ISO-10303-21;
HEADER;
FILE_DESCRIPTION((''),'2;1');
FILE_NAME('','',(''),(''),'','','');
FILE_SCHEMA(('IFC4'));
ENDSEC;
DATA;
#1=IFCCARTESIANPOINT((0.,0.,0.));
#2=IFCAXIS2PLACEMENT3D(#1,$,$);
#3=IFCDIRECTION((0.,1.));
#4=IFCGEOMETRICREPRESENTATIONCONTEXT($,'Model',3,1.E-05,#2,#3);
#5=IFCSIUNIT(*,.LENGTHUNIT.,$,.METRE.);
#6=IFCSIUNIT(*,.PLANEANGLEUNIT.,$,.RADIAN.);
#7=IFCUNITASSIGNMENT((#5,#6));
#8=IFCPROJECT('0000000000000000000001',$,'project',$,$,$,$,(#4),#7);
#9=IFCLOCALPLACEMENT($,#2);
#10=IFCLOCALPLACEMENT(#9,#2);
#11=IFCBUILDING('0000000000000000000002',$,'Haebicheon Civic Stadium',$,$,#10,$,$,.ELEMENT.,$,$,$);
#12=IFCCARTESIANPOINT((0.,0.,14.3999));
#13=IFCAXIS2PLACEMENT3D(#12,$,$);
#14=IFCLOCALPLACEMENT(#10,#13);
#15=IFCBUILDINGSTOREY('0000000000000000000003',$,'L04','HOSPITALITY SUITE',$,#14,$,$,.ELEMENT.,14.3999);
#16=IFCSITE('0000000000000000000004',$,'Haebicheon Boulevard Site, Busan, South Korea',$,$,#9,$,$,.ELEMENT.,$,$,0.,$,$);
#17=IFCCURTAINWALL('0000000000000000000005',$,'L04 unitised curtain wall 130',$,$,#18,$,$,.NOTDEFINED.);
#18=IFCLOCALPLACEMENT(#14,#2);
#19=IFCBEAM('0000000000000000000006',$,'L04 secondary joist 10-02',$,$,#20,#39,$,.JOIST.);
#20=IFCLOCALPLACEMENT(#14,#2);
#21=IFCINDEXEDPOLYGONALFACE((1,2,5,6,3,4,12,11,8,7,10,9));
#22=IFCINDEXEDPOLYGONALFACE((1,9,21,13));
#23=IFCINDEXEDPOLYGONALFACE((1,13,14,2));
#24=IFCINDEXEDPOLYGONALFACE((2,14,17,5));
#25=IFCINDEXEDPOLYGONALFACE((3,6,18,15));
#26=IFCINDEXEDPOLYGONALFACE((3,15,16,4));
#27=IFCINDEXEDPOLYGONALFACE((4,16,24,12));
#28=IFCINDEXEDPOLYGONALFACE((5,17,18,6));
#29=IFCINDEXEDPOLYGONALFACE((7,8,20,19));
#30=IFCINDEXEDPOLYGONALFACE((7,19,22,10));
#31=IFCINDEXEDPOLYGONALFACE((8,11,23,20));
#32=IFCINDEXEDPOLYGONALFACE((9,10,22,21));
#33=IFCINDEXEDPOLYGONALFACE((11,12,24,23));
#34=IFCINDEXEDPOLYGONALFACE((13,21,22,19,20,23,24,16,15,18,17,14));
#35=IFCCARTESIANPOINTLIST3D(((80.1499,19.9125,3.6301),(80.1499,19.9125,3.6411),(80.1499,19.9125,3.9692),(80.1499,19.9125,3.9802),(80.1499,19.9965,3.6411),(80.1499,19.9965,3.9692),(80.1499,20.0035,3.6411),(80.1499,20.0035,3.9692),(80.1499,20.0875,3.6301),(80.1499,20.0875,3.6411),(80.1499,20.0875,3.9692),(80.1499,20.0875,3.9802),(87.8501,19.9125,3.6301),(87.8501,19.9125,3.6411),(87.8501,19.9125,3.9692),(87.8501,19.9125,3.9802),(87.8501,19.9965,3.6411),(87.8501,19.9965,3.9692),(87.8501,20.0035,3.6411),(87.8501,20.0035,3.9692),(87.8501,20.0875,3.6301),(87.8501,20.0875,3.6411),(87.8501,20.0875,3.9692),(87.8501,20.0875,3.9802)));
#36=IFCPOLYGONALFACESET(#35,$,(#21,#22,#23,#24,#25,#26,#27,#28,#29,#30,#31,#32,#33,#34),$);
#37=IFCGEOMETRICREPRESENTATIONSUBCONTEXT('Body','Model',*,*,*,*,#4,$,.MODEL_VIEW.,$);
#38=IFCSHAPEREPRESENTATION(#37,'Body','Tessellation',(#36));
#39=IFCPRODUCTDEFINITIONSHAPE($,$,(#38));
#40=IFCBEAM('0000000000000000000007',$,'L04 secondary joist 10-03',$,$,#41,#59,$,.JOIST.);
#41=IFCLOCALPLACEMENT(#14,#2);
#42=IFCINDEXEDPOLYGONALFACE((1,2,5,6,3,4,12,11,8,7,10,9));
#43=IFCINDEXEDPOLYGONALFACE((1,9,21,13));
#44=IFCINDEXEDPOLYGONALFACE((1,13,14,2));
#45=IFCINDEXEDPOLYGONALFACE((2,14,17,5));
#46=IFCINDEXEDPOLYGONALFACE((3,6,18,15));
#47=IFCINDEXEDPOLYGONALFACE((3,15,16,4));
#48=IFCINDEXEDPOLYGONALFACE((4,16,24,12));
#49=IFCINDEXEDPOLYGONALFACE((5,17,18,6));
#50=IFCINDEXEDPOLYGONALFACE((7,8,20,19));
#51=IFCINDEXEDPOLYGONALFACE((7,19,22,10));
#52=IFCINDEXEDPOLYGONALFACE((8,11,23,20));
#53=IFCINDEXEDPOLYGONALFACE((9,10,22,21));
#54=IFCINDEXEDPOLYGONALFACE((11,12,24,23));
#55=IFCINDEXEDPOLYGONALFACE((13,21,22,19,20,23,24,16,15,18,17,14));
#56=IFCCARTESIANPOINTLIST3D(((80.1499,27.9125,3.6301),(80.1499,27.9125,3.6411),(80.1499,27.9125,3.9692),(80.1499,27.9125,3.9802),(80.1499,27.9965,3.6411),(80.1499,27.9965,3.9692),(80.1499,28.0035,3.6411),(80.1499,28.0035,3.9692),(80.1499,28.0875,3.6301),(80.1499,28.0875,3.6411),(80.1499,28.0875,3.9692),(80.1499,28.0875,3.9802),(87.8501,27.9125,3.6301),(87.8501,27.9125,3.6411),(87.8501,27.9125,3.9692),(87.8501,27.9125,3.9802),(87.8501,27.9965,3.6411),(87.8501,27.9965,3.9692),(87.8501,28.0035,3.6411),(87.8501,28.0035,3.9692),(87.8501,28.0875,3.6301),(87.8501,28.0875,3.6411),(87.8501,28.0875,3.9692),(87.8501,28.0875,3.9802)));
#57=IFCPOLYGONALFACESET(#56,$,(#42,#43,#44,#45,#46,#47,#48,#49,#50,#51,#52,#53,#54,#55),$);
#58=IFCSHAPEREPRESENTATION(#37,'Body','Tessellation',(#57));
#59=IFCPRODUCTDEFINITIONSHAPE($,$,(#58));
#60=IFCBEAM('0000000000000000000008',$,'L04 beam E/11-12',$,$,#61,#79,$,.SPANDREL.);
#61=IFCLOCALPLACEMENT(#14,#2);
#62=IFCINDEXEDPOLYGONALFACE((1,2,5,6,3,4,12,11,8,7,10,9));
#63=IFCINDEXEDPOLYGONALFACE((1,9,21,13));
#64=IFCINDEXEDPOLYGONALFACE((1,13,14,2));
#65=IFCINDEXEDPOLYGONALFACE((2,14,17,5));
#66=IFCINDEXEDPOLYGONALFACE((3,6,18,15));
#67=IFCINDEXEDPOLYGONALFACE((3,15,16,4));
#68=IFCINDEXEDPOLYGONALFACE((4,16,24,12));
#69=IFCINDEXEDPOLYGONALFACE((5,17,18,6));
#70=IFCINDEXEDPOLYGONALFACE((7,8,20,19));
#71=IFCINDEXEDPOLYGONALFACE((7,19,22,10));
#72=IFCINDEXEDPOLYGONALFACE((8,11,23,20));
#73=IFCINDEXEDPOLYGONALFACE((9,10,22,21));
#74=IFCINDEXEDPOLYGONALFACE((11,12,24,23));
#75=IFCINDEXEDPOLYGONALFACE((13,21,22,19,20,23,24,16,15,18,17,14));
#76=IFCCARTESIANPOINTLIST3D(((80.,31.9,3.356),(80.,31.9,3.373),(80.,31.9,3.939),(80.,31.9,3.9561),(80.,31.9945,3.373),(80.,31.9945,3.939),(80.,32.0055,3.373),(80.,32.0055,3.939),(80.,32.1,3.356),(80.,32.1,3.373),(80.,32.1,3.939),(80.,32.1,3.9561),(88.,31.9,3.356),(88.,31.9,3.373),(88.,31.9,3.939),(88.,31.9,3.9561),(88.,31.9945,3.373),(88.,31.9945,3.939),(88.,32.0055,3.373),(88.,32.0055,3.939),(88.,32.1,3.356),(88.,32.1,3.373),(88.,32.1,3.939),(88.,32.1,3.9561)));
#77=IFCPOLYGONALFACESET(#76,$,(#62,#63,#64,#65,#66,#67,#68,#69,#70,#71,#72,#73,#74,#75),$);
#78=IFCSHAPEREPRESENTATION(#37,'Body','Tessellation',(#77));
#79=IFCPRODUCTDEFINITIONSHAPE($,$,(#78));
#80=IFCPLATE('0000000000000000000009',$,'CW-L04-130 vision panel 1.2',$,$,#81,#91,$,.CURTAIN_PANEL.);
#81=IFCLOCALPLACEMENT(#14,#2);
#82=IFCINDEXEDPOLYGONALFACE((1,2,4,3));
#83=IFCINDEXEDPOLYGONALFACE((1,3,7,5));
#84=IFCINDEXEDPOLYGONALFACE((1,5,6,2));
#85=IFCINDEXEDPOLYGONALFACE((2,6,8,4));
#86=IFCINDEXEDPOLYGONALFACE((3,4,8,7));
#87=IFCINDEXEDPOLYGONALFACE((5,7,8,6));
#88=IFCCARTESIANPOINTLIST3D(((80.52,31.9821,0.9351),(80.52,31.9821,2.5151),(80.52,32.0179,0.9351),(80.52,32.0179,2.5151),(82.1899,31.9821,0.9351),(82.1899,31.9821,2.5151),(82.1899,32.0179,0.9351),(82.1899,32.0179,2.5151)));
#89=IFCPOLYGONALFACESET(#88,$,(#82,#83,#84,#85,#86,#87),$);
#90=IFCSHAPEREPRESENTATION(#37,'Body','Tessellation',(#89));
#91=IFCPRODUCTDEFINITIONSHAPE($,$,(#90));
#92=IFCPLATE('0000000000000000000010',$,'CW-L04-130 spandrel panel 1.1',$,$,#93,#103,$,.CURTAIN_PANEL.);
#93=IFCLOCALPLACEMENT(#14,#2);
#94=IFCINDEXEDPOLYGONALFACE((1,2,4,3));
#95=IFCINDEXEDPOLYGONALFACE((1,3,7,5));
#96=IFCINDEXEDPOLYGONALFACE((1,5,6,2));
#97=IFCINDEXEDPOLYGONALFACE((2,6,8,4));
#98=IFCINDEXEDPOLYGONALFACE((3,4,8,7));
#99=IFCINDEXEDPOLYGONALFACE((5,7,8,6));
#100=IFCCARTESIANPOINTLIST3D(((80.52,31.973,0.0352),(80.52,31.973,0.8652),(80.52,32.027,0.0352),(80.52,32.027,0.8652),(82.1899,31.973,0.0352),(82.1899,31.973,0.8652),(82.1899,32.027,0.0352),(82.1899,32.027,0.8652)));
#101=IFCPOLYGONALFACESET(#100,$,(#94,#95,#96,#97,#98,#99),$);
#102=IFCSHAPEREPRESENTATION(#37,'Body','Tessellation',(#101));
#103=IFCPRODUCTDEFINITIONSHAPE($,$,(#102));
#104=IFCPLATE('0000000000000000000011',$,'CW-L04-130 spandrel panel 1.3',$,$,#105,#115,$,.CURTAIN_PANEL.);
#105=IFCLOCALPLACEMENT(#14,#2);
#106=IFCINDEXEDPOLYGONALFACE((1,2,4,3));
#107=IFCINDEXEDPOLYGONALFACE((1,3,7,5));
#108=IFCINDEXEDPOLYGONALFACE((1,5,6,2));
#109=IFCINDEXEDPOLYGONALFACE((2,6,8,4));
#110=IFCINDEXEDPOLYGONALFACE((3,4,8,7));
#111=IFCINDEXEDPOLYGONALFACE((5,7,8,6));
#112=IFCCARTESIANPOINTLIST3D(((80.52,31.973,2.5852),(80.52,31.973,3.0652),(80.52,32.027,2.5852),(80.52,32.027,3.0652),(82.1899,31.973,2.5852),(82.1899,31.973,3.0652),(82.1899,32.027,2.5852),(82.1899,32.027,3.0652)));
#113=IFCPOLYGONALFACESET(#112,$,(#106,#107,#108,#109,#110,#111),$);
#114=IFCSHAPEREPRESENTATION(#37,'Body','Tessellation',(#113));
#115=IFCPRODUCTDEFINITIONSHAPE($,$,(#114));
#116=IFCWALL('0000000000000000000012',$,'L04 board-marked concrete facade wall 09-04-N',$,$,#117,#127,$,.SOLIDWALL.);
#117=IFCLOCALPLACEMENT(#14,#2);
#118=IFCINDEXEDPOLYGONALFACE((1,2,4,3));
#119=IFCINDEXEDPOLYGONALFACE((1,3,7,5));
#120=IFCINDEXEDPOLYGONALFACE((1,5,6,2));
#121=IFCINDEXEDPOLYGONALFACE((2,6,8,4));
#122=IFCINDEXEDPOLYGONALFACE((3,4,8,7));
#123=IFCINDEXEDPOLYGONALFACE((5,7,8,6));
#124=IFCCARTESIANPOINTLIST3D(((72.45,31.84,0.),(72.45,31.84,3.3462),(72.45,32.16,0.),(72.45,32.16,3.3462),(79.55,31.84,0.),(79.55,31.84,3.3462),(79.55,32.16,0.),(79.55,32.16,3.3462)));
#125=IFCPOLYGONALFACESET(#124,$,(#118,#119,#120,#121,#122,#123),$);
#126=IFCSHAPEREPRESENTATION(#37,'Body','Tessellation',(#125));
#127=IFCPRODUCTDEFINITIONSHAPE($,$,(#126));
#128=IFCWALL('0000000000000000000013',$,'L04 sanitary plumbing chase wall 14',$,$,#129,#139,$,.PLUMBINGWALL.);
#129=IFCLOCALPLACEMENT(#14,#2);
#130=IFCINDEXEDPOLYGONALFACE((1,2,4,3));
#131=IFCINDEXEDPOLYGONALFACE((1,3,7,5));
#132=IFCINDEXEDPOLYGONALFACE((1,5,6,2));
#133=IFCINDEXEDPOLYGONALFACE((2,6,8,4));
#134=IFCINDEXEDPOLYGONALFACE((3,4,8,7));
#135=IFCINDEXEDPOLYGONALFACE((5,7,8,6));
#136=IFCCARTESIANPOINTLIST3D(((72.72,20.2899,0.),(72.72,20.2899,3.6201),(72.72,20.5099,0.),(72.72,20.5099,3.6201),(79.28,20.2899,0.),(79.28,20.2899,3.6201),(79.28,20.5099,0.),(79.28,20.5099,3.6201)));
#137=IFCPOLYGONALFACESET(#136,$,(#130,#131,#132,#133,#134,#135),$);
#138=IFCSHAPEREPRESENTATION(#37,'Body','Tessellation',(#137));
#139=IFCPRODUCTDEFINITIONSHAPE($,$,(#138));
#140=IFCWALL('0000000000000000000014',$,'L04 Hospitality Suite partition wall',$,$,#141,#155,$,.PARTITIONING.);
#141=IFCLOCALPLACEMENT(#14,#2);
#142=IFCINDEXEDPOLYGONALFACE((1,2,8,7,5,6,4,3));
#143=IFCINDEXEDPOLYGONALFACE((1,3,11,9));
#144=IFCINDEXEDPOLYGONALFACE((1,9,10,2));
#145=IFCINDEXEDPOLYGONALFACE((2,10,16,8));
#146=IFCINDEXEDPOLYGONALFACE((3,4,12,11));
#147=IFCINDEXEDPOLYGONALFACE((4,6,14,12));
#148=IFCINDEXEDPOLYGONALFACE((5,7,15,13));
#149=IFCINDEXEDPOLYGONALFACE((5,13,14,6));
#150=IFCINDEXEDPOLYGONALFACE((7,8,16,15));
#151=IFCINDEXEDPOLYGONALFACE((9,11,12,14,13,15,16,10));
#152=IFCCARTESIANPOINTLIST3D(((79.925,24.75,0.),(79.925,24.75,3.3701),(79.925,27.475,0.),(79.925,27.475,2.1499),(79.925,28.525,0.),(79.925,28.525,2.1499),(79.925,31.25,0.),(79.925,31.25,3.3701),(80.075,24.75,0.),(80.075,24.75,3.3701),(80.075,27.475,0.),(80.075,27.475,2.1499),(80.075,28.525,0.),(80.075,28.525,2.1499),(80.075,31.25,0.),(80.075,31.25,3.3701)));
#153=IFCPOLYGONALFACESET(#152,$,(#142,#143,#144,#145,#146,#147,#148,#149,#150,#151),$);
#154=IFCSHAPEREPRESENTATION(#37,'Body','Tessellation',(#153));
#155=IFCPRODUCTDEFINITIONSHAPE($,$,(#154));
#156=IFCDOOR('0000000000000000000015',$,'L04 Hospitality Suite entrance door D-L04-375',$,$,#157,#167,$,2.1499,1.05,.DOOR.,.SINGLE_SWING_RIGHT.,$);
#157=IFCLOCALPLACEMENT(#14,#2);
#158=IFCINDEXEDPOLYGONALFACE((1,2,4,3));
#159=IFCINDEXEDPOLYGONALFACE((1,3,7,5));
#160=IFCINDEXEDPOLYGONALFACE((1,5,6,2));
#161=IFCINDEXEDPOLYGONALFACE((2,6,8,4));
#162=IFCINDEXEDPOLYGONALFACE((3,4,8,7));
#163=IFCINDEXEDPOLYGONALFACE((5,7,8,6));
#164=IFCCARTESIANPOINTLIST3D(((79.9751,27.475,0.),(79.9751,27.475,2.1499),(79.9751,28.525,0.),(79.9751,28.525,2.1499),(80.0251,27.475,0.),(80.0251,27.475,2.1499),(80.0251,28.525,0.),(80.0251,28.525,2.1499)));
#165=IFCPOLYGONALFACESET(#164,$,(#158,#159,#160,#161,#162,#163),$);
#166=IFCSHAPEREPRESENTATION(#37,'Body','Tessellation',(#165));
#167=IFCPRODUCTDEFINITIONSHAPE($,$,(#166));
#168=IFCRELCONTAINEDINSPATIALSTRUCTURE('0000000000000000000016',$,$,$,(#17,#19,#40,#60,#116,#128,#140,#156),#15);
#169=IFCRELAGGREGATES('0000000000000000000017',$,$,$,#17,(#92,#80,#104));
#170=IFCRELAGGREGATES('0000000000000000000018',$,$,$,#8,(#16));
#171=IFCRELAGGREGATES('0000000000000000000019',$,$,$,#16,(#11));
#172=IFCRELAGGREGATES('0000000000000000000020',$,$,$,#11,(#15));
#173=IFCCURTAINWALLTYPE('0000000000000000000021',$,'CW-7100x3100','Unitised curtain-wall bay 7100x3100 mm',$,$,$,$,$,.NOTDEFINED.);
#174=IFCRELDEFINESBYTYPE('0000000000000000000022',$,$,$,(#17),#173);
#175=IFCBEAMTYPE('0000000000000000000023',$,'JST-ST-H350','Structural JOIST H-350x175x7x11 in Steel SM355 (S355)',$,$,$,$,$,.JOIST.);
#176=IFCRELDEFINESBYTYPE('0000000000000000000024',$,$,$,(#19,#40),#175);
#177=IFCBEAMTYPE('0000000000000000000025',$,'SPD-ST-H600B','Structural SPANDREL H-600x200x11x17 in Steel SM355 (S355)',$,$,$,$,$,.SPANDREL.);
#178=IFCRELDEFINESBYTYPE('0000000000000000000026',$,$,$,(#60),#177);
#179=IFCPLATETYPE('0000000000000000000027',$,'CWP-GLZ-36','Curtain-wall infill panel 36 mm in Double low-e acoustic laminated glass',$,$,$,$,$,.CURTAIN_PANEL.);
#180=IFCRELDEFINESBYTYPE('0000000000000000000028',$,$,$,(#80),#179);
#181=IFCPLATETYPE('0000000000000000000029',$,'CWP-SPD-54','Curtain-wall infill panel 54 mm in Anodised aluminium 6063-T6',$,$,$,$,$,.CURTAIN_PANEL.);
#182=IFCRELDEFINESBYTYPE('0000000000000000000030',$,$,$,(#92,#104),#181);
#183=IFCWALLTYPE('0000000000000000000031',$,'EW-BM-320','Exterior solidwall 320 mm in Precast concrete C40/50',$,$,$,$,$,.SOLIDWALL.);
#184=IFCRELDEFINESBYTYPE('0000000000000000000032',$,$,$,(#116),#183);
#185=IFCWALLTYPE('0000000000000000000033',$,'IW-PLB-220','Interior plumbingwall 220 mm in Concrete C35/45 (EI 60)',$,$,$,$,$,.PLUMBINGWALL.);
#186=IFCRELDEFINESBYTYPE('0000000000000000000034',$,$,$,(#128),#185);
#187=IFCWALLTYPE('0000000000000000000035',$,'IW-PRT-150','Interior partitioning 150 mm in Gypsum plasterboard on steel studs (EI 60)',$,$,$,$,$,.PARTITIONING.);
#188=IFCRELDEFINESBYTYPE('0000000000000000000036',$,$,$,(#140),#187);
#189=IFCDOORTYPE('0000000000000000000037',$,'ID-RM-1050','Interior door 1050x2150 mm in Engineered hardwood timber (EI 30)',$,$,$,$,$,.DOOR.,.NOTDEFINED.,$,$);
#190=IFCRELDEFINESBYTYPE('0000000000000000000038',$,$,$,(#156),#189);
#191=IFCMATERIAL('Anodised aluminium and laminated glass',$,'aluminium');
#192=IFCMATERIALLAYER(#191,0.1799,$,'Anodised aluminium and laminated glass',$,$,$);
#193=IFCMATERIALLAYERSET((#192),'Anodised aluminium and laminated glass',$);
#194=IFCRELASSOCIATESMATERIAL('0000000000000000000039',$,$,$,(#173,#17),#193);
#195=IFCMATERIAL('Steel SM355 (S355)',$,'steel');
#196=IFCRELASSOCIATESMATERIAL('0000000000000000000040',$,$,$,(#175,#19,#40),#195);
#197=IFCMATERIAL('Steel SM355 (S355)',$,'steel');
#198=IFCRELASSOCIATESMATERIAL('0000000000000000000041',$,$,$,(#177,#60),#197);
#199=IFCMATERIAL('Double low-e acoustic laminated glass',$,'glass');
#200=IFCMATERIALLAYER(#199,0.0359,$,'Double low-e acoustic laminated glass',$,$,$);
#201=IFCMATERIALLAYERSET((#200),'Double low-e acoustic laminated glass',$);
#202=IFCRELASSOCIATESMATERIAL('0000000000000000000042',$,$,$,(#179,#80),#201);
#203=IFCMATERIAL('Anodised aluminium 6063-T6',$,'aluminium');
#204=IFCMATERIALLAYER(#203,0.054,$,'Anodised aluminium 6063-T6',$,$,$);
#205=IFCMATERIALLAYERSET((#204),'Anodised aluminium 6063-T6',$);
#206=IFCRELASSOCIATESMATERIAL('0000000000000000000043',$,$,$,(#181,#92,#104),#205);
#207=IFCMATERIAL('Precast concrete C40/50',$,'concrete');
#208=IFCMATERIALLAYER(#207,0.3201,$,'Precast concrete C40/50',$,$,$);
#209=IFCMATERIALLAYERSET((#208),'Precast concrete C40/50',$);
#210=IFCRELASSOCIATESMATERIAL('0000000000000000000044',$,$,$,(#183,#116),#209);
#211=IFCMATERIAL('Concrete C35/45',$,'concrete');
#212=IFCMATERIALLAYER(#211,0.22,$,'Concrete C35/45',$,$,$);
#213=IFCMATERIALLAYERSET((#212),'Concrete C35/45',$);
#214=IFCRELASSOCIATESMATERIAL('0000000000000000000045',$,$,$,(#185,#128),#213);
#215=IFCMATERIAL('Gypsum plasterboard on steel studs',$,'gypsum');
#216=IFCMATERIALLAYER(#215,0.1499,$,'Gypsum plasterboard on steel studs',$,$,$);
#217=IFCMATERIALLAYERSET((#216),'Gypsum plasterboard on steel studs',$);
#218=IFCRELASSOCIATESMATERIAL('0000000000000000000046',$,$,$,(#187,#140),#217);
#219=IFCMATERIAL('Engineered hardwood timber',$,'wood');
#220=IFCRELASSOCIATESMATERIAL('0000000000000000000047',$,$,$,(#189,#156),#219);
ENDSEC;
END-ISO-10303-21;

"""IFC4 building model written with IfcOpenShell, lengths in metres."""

from ifc_helpers import new_model, si_unit, direction, frame, frame_2d, origin, origin_2d, place, context, subcontext, project, spatial, rectangle, i_section, extrude, material, layer, layer_set, material_profile, profile_set, type_object, element, fill, aggregate, save


model = new_model("IFC4")

# Units and contexts
model_context = context("Model", 3, precision=1e-05, world=origin(), true_north=direction((0.0, 1.0)))
body_context = subcontext(model_context, "Body", "Model", "MODEL_VIEW")
ifc_project = project(units=[si_unit("LENGTHUNIT", "METRE"), si_unit("PLANEANGLEUNIT", "RADIAN")], contexts=[model_context])

# Site, building, storey
site_placement = place(None, origin())
site = spatial("IfcSite", under=ifc_project, at=site_placement, Name="Haebicheon Boulevard Site, Busan, South Korea", CompositionType="ELEMENT", RefElevation=0.0)
building_placement = place(site_placement, origin())
building = spatial("IfcBuilding", under=site, at=building_placement, Name="Haebicheon Civic Stadium", CompositionType="ELEMENT")
storey_placement = place(building_placement, frame((0.0, 0.0, 14.3999)))
storey = spatial("IfcBuildingStorey", under=building, at=storey_placement, Name="L04", Description="HOSPITALITY SUITE", CompositionType="ELEMENT", Elevation=14.3999)

# Curtain wall
ifc_material_1 = material(Name="Anodised aluminium and laminated glass", Category="aluminium")
ifc_layer_1 = layer(ifc_material_1, 0.1799, Name="Anodised aluminium and laminated glass")
ifc_layer_set_1 = layer_set([ifc_layer_1], Name="Anodised aluminium and laminated glass")
curtain_wall_type = type_object("IfcCurtainWallType", Name="CW-7100x3100", Description="Unitised curtain-wall bay 7100x3100 mm", PredefinedType="NOTDEFINED", material=ifc_layer_set_1)
curtain_wall_placement = place(storey_placement, origin())
curtain_wall = element("IfcCurtainWall", 1, at=curtain_wall_placement, inside=storey, type_object=curtain_wall_type, material=ifc_layer_set_1, Name="L04 unitised curtain wall 130", PredefinedType="NOTDEFINED")

# Beams
ifc_material_2 = material(Name="Steel SM355 (S355)", Category="steel")
ifc_material_profile_1 = material_profile(ifc_material_2, i_section(OverallWidth=0.175, OverallDepth=0.3501, WebThickness=0.0071, FlangeThickness=0.011, at=origin_2d()), Name="H-350x175x7x11")
ifc_profile_set_1 = profile_set([ifc_material_profile_1], Name="Steel SM355 (S355)")
beam_type_1 = type_object("IfcBeamType", Name="JST-ST-H350", Description="Structural JOIST H-350x175x7x11 in Steel SM355 (S355)", PredefinedType="JOIST", material=ifc_profile_set_1)
for number, where, z_axis, x_axis, name in (
    (2, (80.1499, 20.0, 3.8052), (1.0, 0.0, 0.0), (0.0, 1.0, 0.0), "L04 secondary joist 10-02"),
    (3, (80.1499, 28.0, 3.8052), (1.0, 0.0, 0.0), (0.0, 1.0, 0.0), "L04 secondary joist 10-03"),
):
    element("IfcBeam", number, at=place(storey_placement, frame(where, z_axis=z_axis, x_axis=x_axis)), inside=storey, type_object=beam_type_1, material=ifc_profile_set_1, Name=name, PredefinedType="JOIST", context=body_context, shape_type="SweptSolid", body=[
        extrude(i_section(OverallWidth=0.175, OverallDepth=0.3501, WebThickness=0.0071, FlangeThickness=0.011, at=origin_2d()), origin(), (0.0, 0.0, 1.0), 7.7002),
    ])
ifc_material_3 = material(Name="Steel SM355 (S355)", Category="steel")
ifc_material_profile_2 = material_profile(ifc_material_3, i_section(OverallWidth=0.2, OverallDepth=0.6001, WebThickness=0.011, FlangeThickness=0.0171, at=origin_2d()), Name="H-600x200x11x17")
ifc_profile_set_2 = profile_set([ifc_material_profile_2], Name="Steel SM355 (S355)")
beam_type_2 = type_object("IfcBeamType", Name="SPD-ST-H600B", Description="Structural SPANDREL H-600x200x11x17 in Steel SM355 (S355)", PredefinedType="SPANDREL", material=ifc_profile_set_2)
beam_1_placement = place(storey_placement, frame((80.0, 32.0, 3.656), z_axis=(1.0, 0.0, 0.0), x_axis=(0.0, 1.0, 0.0)))
element("IfcBeam", 4, at=beam_1_placement, inside=storey, type_object=beam_type_2, material=ifc_profile_set_2, Name="L04 beam E/11-12", PredefinedType="SPANDREL", context=body_context, shape_type="SweptSolid", body=[
    extrude(i_section(OverallWidth=0.2, OverallDepth=0.6001, WebThickness=0.011, FlangeThickness=0.0171, at=origin_2d()), origin(), (0.0, 0.0, 1.0), 8.0),
])

# Plates
ifc_material_4 = material(Name="Double low-e acoustic laminated glass", Category="glass")
ifc_layer_2 = layer(ifc_material_4, 0.0359, Name="Double low-e acoustic laminated glass")
ifc_layer_set_2 = layer_set([ifc_layer_2], Name="Double low-e acoustic laminated glass")
plate_type_1 = type_object("IfcPlateType", Name="CWP-GLZ-36", Description="Curtain-wall infill panel 36 mm in Double low-e acoustic laminated glass", PredefinedType="CURTAIN_PANEL", material=ifc_layer_set_2)
plate_1_placement = place(storey_placement, frame((81.355, 32.0, 0.9351), z_axis=(0.0, 0.0, 1.0), x_axis=(1.0, 0.0, 0.0)))
plate_1 = element("IfcPlate", 5, at=plate_1_placement, type_object=plate_type_1, material=ifc_layer_set_2, Name="CW-L04-130 vision panel 1.2", PredefinedType="CURTAIN_PANEL", context=body_context, shape_type="SweptSolid", body=[
    extrude(rectangle(XDim=1.6699, YDim=0.0359, at=origin_2d()), origin(), (0.0, 0.0, 1.0), 1.5801),
])
ifc_material_5 = material(Name="Anodised aluminium 6063-T6", Category="aluminium")
ifc_layer_3 = layer(ifc_material_5, 0.054, Name="Anodised aluminium 6063-T6")
ifc_layer_set_3 = layer_set([ifc_layer_3], Name="Anodised aluminium 6063-T6")
plate_type_2 = type_object("IfcPlateType", Name="CWP-SPD-54", Description="Curtain-wall infill panel 54 mm in Anodised aluminium 6063-T6", PredefinedType="CURTAIN_PANEL", material=ifc_layer_set_3)
plate_2_placement = place(storey_placement, frame((81.355, 32.0, 0.0352), z_axis=(0.0, 0.0, 1.0), x_axis=(1.0, 0.0, 0.0)))
plate_2 = element("IfcPlate", 6, at=plate_2_placement, type_object=plate_type_2, material=ifc_layer_set_3, Name="CW-L04-130 spandrel panel 1.1", PredefinedType="CURTAIN_PANEL", context=body_context, shape_type="SweptSolid", body=[
    extrude(rectangle(XDim=1.6699, YDim=0.054, at=origin_2d()), origin(), (0.0, 0.0, 1.0), 0.8301),
])
plate_3_placement = place(storey_placement, frame((81.355, 32.0, 2.5852), z_axis=(0.0, 0.0, 1.0), x_axis=(1.0, 0.0, 0.0)))
plate_3 = element("IfcPlate", 7, at=plate_3_placement, type_object=plate_type_2, material=ifc_layer_set_3, Name="CW-L04-130 spandrel panel 1.3", PredefinedType="CURTAIN_PANEL", context=body_context, shape_type="SweptSolid", body=[
    extrude(rectangle(XDim=1.6699, YDim=0.054, at=origin_2d()), origin(), (0.0, 0.0, 1.0), 0.48),
])
aggregate(curtain_wall, [plate_2, plate_1, plate_3])

# Walls
ifc_material_6 = material(Name="Precast concrete C40/50", Category="concrete")
ifc_layer_4 = layer(ifc_material_6, 0.3201, Name="Precast concrete C40/50")
ifc_layer_set_4 = layer_set([ifc_layer_4], Name="Precast concrete C40/50")
wall_type_1 = type_object("IfcWallType", Name="EW-BM-320", Description="Exterior solidwall 320 mm in Precast concrete C40/50", PredefinedType="SOLIDWALL", material=ifc_layer_set_4)
wall_1_placement = place(storey_placement, frame((72.45, 32.0, 0.0), z_axis=(0.0, 0.0, 1.0), x_axis=(1.0, 0.0, 0.0)))
element("IfcWall", 8, at=wall_1_placement, inside=storey, type_object=wall_type_1, material=ifc_layer_set_4, Name="L04 board-marked concrete facade wall 09-04-N", PredefinedType="SOLIDWALL", context=body_context, shape_type="SweptSolid", body=[
    extrude(rectangle(XDim=7.1001, YDim=0.3201, at=frame_2d((3.55, 0.0))), origin(), (0.0, 0.0, 1.0), 3.3462),
])
ifc_material_7 = material(Name="Concrete C35/45", Category="concrete")
ifc_layer_5 = layer(ifc_material_7, 0.22, Name="Concrete C35/45")
ifc_layer_set_5 = layer_set([ifc_layer_5], Name="Concrete C35/45")
wall_type_2 = type_object("IfcWallType", Name="IW-PLB-220", Description="Interior plumbingwall 220 mm in Concrete C35/45 (EI 60)", PredefinedType="PLUMBINGWALL", material=ifc_layer_set_5)
wall_2_placement = place(storey_placement, frame((72.72, 20.3999, 0.0), z_axis=(0.0, 0.0, 1.0), x_axis=(1.0, 0.0, 0.0)))
element("IfcWall", 9, at=wall_2_placement, inside=storey, type_object=wall_type_2, material=ifc_layer_set_5, Name="L04 sanitary plumbing chase wall 14", PredefinedType="PLUMBINGWALL", context=body_context, shape_type="SweptSolid", body=[
    extrude(rectangle(XDim=6.5601, YDim=0.22, at=frame_2d((3.28, 0.0))), origin(), (0.0, 0.0, 1.0), 3.6201),
])

# Wall, opening, door
ifc_material_8 = material(Name="Gypsum plasterboard on steel studs", Category="gypsum")
ifc_layer_6 = layer(ifc_material_8, 0.1499, Name="Gypsum plasterboard on steel studs")
ifc_layer_set_6 = layer_set([ifc_layer_6], Name="Gypsum plasterboard on steel studs")
wall_type_3 = type_object("IfcWallType", Name="IW-PRT-150", Description="Interior partitioning 150 mm in Gypsum plasterboard on steel studs (EI 60)", PredefinedType="PARTITIONING", material=ifc_layer_set_6)
wall_3_placement = place(storey_placement, frame((80.0, 24.75, 0.0), z_axis=(0.0, 0.0, 1.0), x_axis=(0.0, 1.0, 0.0)))
wall_3 = element("IfcWall", 10, at=wall_3_placement, inside=storey, type_object=wall_type_3, material=ifc_layer_set_6, Name="L04 Hospitality Suite partition wall", PredefinedType="PARTITIONING", context=body_context, shape_type="SweptSolid", body=[
    extrude(rectangle(XDim=6.5, YDim=0.1499, at=frame_2d((3.25, 0.0))), origin(), (0.0, 0.0, 1.0), 3.3701),
])
opening_placement = place(wall_3_placement, frame((2.7251, 0.0, 0.0)))
opening = element("IfcOpeningElement", 11, at=opening_placement, cuts=wall_3, PredefinedType="OPENING", context=body_context, shape_type="SweptSolid", body=[
    extrude(rectangle(XDim=1.05, YDim=2.1499, at=frame_2d((0.5249, 1.075))), frame((0.0, 0.085, 0.0), z_axis=(0.0, -1.0, 0.0), x_axis=(1.0, 0.0, 0.0)), (0.0, 0.0, 1.0), 0.1699),
])
ifc_material_9 = material(Name="Engineered hardwood timber", Category="wood")
door_type = type_object("IfcDoorType", Name="ID-RM-1050", Description="Interior door 1050x2150 mm in Engineered hardwood timber (EI 30)", OperationType="NOTDEFINED", PredefinedType="DOOR", material=ifc_material_9)
door_placement = place(opening_placement, origin())
door = element("IfcDoor", 12, at=door_placement, inside=storey, type_object=door_type, material=ifc_material_9, Name="L04 Hospitality Suite entrance door D-L04-375", OperationType="SINGLE_SWING_RIGHT", OverallHeight=2.1499, OverallWidth=1.05, PredefinedType="DOOR", context=body_context, shape_type="SweptSolid", body=[
    extrude(rectangle(XDim=1.05, YDim=2.1499, at=frame_2d((0.5249, 1.075))), frame((0.0, 0.0249, 0.0), z_axis=(0.0, -1.0, 0.0), x_axis=(1.0, 0.0, 0.0)), (0.0, 0.0, 1.0), 0.05),
])
fill(opening, door)

save(model, "model.ifc")
